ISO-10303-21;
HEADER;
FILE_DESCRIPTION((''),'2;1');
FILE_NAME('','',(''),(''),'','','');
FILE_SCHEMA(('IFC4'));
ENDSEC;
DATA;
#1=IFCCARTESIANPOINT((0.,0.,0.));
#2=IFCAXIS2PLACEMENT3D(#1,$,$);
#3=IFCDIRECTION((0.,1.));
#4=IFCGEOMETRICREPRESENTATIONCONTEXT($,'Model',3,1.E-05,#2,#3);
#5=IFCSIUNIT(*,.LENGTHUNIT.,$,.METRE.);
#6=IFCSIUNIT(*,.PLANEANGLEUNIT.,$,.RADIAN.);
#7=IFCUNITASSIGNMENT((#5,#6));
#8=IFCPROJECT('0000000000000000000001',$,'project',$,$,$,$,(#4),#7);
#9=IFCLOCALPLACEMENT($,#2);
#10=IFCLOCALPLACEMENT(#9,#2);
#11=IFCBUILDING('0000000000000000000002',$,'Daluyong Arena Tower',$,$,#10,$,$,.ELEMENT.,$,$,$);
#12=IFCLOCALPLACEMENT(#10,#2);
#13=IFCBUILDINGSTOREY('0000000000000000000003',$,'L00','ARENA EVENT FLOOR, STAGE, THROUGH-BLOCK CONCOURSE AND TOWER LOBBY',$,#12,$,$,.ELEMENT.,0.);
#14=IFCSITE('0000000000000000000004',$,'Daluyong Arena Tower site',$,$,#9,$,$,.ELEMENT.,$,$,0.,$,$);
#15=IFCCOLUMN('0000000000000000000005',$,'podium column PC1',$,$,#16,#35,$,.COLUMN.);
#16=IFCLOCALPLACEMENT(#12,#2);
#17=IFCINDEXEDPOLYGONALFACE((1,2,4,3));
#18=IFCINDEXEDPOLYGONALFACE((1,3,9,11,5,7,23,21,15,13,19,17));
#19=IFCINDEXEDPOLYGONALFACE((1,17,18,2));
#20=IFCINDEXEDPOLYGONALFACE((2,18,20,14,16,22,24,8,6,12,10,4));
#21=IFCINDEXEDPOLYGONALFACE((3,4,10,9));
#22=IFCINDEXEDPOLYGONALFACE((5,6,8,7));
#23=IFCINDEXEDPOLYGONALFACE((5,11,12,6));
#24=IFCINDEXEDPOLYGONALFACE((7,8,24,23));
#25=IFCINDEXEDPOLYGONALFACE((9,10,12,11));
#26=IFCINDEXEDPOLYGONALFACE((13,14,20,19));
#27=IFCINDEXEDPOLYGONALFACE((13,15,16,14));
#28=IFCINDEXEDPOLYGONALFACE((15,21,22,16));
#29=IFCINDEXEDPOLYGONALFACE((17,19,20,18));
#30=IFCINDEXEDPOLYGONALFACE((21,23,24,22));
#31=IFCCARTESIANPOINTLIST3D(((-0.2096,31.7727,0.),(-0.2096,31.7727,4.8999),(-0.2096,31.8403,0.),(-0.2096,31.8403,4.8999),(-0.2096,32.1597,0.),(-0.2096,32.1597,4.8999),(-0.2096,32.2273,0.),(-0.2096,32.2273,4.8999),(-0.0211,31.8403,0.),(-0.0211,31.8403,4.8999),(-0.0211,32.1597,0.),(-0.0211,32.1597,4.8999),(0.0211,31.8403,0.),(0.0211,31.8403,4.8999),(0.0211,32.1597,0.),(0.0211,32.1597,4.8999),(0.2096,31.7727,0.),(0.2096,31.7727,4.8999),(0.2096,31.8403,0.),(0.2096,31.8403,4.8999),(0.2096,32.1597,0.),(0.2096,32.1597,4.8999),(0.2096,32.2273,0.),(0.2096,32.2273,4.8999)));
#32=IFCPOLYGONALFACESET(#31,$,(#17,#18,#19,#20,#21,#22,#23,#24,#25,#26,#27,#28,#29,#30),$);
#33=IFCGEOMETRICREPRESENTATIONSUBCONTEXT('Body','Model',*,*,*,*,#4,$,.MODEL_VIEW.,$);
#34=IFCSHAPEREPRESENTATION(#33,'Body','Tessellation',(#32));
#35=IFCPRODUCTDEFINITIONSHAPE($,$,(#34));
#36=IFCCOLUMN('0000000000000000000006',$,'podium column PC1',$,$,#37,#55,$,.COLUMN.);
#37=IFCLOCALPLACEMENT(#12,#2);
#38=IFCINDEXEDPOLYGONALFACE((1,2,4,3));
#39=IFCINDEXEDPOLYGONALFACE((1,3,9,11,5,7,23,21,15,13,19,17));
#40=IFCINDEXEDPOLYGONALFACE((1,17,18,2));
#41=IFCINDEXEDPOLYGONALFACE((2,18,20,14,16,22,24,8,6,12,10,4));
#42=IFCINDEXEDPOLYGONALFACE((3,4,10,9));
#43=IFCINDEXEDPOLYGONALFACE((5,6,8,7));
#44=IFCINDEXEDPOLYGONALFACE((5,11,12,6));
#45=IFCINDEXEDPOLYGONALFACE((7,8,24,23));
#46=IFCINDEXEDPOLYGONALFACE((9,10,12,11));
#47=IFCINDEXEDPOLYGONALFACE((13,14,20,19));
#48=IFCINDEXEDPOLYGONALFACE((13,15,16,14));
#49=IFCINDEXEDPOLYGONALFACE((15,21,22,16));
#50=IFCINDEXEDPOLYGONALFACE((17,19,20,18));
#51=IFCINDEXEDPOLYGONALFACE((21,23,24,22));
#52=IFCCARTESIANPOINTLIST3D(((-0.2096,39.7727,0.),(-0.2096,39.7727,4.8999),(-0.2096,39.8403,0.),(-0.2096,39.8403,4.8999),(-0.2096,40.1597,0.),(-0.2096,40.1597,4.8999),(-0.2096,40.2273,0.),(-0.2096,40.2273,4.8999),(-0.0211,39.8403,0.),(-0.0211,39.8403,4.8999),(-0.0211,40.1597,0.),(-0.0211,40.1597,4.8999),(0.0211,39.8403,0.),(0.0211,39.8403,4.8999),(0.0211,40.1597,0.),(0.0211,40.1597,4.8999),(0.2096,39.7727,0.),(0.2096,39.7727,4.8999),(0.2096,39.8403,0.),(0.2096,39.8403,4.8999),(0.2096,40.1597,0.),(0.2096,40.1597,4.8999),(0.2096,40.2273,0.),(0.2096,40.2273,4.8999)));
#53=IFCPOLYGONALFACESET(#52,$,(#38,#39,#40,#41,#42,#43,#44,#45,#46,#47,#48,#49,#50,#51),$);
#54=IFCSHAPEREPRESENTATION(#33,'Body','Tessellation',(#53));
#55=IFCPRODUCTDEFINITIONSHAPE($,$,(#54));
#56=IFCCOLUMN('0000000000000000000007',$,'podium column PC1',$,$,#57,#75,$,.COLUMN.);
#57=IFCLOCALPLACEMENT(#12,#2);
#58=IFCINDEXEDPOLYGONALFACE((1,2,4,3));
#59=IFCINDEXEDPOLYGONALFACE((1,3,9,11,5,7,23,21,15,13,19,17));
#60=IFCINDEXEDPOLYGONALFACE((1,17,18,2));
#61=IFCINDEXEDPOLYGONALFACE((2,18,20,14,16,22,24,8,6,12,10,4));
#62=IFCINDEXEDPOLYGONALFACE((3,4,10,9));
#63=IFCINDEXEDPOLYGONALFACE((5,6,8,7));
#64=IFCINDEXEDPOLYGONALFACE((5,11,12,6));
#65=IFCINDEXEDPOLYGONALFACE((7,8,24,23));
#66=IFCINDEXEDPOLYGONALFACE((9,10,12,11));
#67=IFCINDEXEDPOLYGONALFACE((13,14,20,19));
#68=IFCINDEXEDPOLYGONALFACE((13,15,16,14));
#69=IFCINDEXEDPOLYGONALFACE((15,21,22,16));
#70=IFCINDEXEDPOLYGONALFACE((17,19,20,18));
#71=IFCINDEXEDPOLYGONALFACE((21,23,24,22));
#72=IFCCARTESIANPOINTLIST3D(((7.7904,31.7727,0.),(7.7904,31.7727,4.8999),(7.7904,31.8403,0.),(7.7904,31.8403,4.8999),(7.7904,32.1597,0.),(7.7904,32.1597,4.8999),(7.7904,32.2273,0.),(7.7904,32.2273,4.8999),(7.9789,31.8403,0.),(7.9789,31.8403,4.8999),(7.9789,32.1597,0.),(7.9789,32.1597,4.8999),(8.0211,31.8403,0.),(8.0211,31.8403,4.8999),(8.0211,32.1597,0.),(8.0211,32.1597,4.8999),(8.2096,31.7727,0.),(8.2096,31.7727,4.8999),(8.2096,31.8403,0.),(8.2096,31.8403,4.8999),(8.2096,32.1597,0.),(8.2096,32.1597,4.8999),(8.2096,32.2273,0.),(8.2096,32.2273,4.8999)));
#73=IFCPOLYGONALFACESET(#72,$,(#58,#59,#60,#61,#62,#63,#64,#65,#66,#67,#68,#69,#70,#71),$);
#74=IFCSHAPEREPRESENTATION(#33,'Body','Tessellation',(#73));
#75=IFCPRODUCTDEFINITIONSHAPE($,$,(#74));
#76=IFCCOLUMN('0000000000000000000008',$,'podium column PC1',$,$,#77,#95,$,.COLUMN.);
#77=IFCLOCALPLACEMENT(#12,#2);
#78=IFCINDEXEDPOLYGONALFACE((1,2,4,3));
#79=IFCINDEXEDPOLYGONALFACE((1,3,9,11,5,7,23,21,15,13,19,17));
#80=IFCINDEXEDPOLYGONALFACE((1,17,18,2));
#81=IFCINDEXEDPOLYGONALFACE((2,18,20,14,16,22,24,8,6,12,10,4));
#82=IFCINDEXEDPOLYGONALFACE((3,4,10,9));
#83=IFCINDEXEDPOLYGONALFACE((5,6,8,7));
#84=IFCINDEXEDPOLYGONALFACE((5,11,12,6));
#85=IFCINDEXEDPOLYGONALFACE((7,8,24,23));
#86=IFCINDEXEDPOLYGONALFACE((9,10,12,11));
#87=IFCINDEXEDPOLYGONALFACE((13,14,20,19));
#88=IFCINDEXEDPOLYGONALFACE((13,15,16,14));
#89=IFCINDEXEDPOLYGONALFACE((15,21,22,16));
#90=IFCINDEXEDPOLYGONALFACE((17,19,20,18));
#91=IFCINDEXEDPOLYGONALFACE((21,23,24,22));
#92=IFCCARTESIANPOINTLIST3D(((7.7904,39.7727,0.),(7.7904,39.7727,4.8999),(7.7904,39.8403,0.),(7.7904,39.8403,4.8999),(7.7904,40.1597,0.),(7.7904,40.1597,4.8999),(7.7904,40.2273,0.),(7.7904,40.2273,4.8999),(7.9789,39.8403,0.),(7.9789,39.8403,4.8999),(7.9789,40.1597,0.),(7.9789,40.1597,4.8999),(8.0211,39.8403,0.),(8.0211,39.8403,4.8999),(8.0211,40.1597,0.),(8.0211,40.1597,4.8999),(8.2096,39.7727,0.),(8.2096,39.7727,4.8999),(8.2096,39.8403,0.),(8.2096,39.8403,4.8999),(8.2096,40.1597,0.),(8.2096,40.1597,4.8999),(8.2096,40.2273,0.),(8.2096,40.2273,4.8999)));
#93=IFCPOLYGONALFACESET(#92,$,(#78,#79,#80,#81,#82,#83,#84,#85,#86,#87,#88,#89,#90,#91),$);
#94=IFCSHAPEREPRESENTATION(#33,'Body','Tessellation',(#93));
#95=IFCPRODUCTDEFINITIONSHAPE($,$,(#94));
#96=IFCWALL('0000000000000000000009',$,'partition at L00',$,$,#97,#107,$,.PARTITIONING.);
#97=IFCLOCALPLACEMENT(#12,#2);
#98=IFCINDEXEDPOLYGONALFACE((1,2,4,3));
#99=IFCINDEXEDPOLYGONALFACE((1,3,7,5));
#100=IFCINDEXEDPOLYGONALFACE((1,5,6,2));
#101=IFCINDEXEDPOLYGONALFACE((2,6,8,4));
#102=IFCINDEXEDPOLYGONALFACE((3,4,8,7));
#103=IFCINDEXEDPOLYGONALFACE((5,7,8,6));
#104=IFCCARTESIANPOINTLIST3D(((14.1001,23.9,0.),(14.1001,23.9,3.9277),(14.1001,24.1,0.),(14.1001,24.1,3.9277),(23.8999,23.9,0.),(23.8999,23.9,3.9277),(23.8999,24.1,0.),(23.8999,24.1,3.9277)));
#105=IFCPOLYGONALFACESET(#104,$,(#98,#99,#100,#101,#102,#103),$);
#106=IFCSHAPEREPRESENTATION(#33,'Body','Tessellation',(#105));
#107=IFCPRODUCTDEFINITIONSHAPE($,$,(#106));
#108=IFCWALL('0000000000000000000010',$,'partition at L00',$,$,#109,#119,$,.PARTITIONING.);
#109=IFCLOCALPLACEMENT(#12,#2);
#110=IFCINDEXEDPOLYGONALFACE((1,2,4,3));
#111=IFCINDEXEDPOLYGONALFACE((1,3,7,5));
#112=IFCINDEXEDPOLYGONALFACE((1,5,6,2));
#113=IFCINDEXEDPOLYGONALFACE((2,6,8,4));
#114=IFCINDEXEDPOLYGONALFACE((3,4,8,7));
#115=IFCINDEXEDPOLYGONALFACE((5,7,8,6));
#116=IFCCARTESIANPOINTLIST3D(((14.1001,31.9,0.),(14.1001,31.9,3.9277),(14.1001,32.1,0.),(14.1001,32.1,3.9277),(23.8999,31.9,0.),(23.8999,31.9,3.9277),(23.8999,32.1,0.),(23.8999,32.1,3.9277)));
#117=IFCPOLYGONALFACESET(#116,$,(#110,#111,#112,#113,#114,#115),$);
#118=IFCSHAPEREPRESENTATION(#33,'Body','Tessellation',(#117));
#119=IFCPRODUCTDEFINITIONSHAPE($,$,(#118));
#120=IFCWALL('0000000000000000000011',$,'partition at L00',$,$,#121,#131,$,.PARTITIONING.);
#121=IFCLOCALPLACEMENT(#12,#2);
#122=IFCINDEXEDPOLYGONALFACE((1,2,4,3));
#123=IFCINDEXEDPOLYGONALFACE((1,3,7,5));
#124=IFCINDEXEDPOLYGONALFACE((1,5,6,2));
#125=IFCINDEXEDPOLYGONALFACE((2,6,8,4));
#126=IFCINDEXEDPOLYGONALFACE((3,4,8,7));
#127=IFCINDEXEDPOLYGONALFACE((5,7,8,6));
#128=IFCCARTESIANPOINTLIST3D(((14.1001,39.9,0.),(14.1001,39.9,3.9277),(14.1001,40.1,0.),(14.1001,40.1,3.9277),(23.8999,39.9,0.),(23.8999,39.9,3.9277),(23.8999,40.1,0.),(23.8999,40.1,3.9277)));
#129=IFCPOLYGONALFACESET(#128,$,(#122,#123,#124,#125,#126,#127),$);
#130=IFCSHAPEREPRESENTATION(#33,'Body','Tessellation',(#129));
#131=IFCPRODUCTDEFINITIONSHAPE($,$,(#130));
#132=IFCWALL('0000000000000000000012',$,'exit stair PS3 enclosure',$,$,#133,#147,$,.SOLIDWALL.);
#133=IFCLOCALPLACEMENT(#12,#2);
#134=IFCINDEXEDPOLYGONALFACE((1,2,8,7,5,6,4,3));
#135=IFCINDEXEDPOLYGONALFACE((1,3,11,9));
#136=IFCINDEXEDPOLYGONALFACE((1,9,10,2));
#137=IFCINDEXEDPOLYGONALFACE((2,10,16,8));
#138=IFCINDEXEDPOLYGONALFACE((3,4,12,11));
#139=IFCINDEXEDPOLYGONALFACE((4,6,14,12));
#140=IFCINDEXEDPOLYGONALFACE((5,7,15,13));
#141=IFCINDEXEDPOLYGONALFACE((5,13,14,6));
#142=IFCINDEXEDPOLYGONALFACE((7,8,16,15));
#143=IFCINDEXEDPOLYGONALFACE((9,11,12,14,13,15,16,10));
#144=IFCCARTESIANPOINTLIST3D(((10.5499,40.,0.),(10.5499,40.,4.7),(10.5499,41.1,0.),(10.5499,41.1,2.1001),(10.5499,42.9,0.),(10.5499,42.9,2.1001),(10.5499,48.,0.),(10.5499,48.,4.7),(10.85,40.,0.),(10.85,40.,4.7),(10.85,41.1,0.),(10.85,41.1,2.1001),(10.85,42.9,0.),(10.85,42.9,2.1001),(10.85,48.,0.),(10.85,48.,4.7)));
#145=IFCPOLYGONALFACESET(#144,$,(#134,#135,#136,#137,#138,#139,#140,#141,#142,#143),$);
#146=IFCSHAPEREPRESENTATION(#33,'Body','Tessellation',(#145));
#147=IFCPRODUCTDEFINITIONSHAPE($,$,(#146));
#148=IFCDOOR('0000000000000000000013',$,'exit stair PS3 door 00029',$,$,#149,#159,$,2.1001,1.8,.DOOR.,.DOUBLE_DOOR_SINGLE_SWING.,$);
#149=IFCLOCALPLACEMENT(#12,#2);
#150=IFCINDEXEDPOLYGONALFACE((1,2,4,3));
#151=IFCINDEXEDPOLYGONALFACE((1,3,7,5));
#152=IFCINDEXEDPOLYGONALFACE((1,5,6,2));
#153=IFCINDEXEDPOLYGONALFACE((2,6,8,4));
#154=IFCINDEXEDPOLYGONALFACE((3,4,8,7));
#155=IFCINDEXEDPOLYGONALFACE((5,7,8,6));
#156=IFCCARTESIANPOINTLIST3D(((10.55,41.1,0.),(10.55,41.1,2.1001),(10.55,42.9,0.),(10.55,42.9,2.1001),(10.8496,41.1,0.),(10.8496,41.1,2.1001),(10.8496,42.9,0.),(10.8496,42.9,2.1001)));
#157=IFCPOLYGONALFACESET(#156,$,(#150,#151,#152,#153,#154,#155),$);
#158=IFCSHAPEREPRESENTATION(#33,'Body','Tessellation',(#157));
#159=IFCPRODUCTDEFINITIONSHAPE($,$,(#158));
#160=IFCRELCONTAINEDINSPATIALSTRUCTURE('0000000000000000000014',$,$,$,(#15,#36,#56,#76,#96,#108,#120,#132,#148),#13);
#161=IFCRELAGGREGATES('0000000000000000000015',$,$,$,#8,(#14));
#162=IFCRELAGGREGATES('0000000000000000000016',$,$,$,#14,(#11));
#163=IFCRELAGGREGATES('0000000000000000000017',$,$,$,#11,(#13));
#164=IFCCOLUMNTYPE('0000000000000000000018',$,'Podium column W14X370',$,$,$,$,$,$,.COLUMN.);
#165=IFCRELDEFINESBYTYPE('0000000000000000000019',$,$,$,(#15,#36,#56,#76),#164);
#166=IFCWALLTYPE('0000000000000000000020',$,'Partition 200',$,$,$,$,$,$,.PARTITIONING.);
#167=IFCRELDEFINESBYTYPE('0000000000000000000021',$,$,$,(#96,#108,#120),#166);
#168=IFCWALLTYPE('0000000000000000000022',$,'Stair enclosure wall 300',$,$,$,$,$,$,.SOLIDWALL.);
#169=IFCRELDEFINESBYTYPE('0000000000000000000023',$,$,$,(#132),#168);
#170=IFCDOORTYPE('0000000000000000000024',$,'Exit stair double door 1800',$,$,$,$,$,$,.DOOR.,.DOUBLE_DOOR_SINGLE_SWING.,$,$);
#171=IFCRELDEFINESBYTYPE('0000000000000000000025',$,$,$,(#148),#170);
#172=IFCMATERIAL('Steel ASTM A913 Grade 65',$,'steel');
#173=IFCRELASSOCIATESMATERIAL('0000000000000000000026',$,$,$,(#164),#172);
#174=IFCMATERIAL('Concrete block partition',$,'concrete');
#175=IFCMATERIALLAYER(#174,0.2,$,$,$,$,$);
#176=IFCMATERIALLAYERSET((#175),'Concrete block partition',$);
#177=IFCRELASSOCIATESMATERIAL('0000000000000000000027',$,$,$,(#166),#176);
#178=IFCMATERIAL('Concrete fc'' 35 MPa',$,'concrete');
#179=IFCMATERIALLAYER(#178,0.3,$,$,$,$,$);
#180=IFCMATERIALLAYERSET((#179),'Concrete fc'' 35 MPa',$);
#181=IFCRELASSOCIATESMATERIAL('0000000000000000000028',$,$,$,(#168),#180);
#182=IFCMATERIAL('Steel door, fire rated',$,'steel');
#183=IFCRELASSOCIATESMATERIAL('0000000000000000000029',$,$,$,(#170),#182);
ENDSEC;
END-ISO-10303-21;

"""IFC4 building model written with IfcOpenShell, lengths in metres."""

from ifc_helpers import new_model, si_unit, direction, frame, frame_2d, origin, origin_2d, place, context, subcontext, project, spatial, rectangle, i_section, extrude, material, layer, layer_set, material_profile, profile_set, type_object, element, fill, save


model = new_model("IFC4")

# Units and contexts
model_context = context("Model", 3, precision=1e-05, world=origin(), true_north=direction((0.0, 1.0)))
body_context = subcontext(model_context, "Body", "Model", "MODEL_VIEW")
ifc_project = project(units=[si_unit("LENGTHUNIT", "METRE"), si_unit("PLANEANGLEUNIT", "RADIAN")], contexts=[model_context])

# Site, building, storey
site_placement = place(None, origin())
site = spatial("IfcSite", under=ifc_project, at=site_placement, Name="Daluyong Arena Tower site", CompositionType="ELEMENT", RefElevation=0.0)
building_placement = place(site_placement, origin())
building = spatial("IfcBuilding", under=site, at=building_placement, Name="Daluyong Arena Tower", CompositionType="ELEMENT")
storey_placement = place(building_placement, origin())
storey = spatial("IfcBuildingStorey", under=building, at=storey_placement, Name="L00", Description="ARENA EVENT FLOOR, STAGE, THROUGH-BLOCK CONCOURSE AND TOWER LOBBY", CompositionType="ELEMENT", Elevation=0.0)

# Columns
ifc_material_1 = material(Name="Steel ASTM A913 Grade 65", Category="steel")
ifc_material_profile = material_profile(ifc_material_1, i_section(OverallWidth=0.4192, OverallDepth=0.4546, WebThickness=0.0422, FlangeThickness=0.0676, at=origin_2d()))
ifc_profile_set = profile_set([ifc_material_profile], Name="Steel ASTM A913 Grade 65")
column_type = type_object("IfcColumnType", Name="Podium column W14X370", PredefinedType="COLUMN", material=ifc_profile_set)
for number, where, z_axis, x_axis, name in (
    (1, (0.0, 32.0, 0.0), (0.0, 0.0, 1.0), (1.0, 0.0, 0.0), "podium column PC1"),
    (2, (0.0, 40.0, 0.0), (0.0, 0.0, 1.0), (1.0, 0.0, 0.0), "podium column PC1"),
    (3, (8.0, 32.0, 0.0), (0.0, 0.0, 1.0), (1.0, 0.0, 0.0), "podium column PC1"),
    (4, (8.0, 40.0, 0.0), (0.0, 0.0, 1.0), (1.0, 0.0, 0.0), "podium column PC1"),
):
    element("IfcColumn", number, at=place(storey_placement, frame(where, z_axis=z_axis, x_axis=x_axis)), inside=storey, type_object=column_type, Name=name, PredefinedType="COLUMN", context=body_context, shape_type="SweptSolid", body=[
        extrude(i_section(OverallWidth=0.4192, OverallDepth=0.4546, WebThickness=0.0422, FlangeThickness=0.0676, at=origin_2d()), origin(), (0.0, 0.0, 1.0), 4.8999),
    ])

# Walls
ifc_material_2 = material(Name="Concrete block partition", Category="concrete")
ifc_layer_1 = layer(ifc_material_2, 0.2)
ifc_layer_set_1 = layer_set([ifc_layer_1], Name="Concrete block partition")
wall_type_1 = type_object("IfcWallType", Name="Partition 200", PredefinedType="PARTITIONING", material=ifc_layer_set_1)
for number, where, z_axis, x_axis, name in (
    (5, (14.1001, 24.0, 0.0), (0.0, 0.0, 1.0), (1.0, 0.0, 0.0), "partition at L00"),
    (6, (14.1001, 32.0, 0.0), (0.0, 0.0, 1.0), (1.0, 0.0, 0.0), "partition at L00"),
    (7, (14.1001, 40.0, 0.0), (0.0, 0.0, 1.0), (1.0, 0.0, 0.0), "partition at L00"),
):
    element("IfcWall", number, at=place(storey_placement, frame(where, z_axis=z_axis, x_axis=x_axis)), inside=storey, type_object=wall_type_1, Name=name, PredefinedType="PARTITIONING", context=body_context, shape_type="SweptSolid", body=[
        extrude(rectangle(XDim=9.7998, YDim=0.2, at=frame_2d((4.8999, 0.0))), origin(), (0.0, 0.0, 1.0), 3.9277),
    ])

# Wall, opening, door
ifc_material_3 = material(Name="Concrete fc' 35 MPa", Category="concrete")
ifc_layer_2 = layer(ifc_material_3, 0.3)
ifc_layer_set_2 = layer_set([ifc_layer_2], Name="Concrete fc' 35 MPa")
wall_type_2 = type_object("IfcWallType", Name="Stair enclosure wall 300", PredefinedType="SOLIDWALL", material=ifc_layer_set_2)
wall_placement = place(storey_placement, frame((10.7, 40.0, 0.0), z_axis=(0.0, 0.0, 1.0), x_axis=(0.0, 1.0, 0.0)))
wall = element("IfcWall", 8, at=wall_placement, inside=storey, type_object=wall_type_2, Name="exit stair PS3 enclosure", PredefinedType="SOLIDWALL", context=body_context, shape_type="SweptSolid", body=[
    extrude(rectangle(XDim=8.0, YDim=0.3, at=frame_2d((4.0, 0.0))), origin(), (0.0, 0.0, 1.0), 4.7),
])
opening_placement = place(wall_placement, frame((1.1001, 0.0, 0.0)))
opening = element("IfcOpeningElement", 9, at=opening_placement, cuts=wall, PredefinedType="OPENING", context=body_context, shape_type="SweptSolid", body=[
    extrude(rectangle(XDim=1.8, YDim=2.1001, at=frame_2d((0.8999, 1.05))), frame((0.0, 0.1599, 0.0), z_axis=(0.0, -1.0, 0.0), x_axis=(1.0, 0.0, 0.0)), (0.0, 0.0, 1.0), 0.3201),
])
ifc_material_4 = material(Name="Steel door, fire rated", Category="steel")
door_type = type_object("IfcDoorType", Name="Exit stair double door 1800", OperationType="DOUBLE_DOOR_SINGLE_SWING", PredefinedType="DOOR", material=ifc_material_4)
door_placement = place(opening_placement, origin())
door = element("IfcDoor", 10, at=door_placement, inside=storey, type_object=door_type, Name="exit stair PS3 door 00029", OperationType="DOUBLE_DOOR_SINGLE_SWING", OverallHeight=2.1001, OverallWidth=1.8, PredefinedType="DOOR", context=body_context, shape_type="SweptSolid", body=[
    extrude(rectangle(XDim=1.8, YDim=2.1001, at=frame_2d((0.8999, 1.05))), frame((0.0, 0.1499, 0.0), z_axis=(0.0, -1.0, 0.0), x_axis=(1.0, 0.0, 0.0)), (0.0, 0.0, 1.0), 0.2996),
])
fill(opening, door)

save(model, "model.ifc")
